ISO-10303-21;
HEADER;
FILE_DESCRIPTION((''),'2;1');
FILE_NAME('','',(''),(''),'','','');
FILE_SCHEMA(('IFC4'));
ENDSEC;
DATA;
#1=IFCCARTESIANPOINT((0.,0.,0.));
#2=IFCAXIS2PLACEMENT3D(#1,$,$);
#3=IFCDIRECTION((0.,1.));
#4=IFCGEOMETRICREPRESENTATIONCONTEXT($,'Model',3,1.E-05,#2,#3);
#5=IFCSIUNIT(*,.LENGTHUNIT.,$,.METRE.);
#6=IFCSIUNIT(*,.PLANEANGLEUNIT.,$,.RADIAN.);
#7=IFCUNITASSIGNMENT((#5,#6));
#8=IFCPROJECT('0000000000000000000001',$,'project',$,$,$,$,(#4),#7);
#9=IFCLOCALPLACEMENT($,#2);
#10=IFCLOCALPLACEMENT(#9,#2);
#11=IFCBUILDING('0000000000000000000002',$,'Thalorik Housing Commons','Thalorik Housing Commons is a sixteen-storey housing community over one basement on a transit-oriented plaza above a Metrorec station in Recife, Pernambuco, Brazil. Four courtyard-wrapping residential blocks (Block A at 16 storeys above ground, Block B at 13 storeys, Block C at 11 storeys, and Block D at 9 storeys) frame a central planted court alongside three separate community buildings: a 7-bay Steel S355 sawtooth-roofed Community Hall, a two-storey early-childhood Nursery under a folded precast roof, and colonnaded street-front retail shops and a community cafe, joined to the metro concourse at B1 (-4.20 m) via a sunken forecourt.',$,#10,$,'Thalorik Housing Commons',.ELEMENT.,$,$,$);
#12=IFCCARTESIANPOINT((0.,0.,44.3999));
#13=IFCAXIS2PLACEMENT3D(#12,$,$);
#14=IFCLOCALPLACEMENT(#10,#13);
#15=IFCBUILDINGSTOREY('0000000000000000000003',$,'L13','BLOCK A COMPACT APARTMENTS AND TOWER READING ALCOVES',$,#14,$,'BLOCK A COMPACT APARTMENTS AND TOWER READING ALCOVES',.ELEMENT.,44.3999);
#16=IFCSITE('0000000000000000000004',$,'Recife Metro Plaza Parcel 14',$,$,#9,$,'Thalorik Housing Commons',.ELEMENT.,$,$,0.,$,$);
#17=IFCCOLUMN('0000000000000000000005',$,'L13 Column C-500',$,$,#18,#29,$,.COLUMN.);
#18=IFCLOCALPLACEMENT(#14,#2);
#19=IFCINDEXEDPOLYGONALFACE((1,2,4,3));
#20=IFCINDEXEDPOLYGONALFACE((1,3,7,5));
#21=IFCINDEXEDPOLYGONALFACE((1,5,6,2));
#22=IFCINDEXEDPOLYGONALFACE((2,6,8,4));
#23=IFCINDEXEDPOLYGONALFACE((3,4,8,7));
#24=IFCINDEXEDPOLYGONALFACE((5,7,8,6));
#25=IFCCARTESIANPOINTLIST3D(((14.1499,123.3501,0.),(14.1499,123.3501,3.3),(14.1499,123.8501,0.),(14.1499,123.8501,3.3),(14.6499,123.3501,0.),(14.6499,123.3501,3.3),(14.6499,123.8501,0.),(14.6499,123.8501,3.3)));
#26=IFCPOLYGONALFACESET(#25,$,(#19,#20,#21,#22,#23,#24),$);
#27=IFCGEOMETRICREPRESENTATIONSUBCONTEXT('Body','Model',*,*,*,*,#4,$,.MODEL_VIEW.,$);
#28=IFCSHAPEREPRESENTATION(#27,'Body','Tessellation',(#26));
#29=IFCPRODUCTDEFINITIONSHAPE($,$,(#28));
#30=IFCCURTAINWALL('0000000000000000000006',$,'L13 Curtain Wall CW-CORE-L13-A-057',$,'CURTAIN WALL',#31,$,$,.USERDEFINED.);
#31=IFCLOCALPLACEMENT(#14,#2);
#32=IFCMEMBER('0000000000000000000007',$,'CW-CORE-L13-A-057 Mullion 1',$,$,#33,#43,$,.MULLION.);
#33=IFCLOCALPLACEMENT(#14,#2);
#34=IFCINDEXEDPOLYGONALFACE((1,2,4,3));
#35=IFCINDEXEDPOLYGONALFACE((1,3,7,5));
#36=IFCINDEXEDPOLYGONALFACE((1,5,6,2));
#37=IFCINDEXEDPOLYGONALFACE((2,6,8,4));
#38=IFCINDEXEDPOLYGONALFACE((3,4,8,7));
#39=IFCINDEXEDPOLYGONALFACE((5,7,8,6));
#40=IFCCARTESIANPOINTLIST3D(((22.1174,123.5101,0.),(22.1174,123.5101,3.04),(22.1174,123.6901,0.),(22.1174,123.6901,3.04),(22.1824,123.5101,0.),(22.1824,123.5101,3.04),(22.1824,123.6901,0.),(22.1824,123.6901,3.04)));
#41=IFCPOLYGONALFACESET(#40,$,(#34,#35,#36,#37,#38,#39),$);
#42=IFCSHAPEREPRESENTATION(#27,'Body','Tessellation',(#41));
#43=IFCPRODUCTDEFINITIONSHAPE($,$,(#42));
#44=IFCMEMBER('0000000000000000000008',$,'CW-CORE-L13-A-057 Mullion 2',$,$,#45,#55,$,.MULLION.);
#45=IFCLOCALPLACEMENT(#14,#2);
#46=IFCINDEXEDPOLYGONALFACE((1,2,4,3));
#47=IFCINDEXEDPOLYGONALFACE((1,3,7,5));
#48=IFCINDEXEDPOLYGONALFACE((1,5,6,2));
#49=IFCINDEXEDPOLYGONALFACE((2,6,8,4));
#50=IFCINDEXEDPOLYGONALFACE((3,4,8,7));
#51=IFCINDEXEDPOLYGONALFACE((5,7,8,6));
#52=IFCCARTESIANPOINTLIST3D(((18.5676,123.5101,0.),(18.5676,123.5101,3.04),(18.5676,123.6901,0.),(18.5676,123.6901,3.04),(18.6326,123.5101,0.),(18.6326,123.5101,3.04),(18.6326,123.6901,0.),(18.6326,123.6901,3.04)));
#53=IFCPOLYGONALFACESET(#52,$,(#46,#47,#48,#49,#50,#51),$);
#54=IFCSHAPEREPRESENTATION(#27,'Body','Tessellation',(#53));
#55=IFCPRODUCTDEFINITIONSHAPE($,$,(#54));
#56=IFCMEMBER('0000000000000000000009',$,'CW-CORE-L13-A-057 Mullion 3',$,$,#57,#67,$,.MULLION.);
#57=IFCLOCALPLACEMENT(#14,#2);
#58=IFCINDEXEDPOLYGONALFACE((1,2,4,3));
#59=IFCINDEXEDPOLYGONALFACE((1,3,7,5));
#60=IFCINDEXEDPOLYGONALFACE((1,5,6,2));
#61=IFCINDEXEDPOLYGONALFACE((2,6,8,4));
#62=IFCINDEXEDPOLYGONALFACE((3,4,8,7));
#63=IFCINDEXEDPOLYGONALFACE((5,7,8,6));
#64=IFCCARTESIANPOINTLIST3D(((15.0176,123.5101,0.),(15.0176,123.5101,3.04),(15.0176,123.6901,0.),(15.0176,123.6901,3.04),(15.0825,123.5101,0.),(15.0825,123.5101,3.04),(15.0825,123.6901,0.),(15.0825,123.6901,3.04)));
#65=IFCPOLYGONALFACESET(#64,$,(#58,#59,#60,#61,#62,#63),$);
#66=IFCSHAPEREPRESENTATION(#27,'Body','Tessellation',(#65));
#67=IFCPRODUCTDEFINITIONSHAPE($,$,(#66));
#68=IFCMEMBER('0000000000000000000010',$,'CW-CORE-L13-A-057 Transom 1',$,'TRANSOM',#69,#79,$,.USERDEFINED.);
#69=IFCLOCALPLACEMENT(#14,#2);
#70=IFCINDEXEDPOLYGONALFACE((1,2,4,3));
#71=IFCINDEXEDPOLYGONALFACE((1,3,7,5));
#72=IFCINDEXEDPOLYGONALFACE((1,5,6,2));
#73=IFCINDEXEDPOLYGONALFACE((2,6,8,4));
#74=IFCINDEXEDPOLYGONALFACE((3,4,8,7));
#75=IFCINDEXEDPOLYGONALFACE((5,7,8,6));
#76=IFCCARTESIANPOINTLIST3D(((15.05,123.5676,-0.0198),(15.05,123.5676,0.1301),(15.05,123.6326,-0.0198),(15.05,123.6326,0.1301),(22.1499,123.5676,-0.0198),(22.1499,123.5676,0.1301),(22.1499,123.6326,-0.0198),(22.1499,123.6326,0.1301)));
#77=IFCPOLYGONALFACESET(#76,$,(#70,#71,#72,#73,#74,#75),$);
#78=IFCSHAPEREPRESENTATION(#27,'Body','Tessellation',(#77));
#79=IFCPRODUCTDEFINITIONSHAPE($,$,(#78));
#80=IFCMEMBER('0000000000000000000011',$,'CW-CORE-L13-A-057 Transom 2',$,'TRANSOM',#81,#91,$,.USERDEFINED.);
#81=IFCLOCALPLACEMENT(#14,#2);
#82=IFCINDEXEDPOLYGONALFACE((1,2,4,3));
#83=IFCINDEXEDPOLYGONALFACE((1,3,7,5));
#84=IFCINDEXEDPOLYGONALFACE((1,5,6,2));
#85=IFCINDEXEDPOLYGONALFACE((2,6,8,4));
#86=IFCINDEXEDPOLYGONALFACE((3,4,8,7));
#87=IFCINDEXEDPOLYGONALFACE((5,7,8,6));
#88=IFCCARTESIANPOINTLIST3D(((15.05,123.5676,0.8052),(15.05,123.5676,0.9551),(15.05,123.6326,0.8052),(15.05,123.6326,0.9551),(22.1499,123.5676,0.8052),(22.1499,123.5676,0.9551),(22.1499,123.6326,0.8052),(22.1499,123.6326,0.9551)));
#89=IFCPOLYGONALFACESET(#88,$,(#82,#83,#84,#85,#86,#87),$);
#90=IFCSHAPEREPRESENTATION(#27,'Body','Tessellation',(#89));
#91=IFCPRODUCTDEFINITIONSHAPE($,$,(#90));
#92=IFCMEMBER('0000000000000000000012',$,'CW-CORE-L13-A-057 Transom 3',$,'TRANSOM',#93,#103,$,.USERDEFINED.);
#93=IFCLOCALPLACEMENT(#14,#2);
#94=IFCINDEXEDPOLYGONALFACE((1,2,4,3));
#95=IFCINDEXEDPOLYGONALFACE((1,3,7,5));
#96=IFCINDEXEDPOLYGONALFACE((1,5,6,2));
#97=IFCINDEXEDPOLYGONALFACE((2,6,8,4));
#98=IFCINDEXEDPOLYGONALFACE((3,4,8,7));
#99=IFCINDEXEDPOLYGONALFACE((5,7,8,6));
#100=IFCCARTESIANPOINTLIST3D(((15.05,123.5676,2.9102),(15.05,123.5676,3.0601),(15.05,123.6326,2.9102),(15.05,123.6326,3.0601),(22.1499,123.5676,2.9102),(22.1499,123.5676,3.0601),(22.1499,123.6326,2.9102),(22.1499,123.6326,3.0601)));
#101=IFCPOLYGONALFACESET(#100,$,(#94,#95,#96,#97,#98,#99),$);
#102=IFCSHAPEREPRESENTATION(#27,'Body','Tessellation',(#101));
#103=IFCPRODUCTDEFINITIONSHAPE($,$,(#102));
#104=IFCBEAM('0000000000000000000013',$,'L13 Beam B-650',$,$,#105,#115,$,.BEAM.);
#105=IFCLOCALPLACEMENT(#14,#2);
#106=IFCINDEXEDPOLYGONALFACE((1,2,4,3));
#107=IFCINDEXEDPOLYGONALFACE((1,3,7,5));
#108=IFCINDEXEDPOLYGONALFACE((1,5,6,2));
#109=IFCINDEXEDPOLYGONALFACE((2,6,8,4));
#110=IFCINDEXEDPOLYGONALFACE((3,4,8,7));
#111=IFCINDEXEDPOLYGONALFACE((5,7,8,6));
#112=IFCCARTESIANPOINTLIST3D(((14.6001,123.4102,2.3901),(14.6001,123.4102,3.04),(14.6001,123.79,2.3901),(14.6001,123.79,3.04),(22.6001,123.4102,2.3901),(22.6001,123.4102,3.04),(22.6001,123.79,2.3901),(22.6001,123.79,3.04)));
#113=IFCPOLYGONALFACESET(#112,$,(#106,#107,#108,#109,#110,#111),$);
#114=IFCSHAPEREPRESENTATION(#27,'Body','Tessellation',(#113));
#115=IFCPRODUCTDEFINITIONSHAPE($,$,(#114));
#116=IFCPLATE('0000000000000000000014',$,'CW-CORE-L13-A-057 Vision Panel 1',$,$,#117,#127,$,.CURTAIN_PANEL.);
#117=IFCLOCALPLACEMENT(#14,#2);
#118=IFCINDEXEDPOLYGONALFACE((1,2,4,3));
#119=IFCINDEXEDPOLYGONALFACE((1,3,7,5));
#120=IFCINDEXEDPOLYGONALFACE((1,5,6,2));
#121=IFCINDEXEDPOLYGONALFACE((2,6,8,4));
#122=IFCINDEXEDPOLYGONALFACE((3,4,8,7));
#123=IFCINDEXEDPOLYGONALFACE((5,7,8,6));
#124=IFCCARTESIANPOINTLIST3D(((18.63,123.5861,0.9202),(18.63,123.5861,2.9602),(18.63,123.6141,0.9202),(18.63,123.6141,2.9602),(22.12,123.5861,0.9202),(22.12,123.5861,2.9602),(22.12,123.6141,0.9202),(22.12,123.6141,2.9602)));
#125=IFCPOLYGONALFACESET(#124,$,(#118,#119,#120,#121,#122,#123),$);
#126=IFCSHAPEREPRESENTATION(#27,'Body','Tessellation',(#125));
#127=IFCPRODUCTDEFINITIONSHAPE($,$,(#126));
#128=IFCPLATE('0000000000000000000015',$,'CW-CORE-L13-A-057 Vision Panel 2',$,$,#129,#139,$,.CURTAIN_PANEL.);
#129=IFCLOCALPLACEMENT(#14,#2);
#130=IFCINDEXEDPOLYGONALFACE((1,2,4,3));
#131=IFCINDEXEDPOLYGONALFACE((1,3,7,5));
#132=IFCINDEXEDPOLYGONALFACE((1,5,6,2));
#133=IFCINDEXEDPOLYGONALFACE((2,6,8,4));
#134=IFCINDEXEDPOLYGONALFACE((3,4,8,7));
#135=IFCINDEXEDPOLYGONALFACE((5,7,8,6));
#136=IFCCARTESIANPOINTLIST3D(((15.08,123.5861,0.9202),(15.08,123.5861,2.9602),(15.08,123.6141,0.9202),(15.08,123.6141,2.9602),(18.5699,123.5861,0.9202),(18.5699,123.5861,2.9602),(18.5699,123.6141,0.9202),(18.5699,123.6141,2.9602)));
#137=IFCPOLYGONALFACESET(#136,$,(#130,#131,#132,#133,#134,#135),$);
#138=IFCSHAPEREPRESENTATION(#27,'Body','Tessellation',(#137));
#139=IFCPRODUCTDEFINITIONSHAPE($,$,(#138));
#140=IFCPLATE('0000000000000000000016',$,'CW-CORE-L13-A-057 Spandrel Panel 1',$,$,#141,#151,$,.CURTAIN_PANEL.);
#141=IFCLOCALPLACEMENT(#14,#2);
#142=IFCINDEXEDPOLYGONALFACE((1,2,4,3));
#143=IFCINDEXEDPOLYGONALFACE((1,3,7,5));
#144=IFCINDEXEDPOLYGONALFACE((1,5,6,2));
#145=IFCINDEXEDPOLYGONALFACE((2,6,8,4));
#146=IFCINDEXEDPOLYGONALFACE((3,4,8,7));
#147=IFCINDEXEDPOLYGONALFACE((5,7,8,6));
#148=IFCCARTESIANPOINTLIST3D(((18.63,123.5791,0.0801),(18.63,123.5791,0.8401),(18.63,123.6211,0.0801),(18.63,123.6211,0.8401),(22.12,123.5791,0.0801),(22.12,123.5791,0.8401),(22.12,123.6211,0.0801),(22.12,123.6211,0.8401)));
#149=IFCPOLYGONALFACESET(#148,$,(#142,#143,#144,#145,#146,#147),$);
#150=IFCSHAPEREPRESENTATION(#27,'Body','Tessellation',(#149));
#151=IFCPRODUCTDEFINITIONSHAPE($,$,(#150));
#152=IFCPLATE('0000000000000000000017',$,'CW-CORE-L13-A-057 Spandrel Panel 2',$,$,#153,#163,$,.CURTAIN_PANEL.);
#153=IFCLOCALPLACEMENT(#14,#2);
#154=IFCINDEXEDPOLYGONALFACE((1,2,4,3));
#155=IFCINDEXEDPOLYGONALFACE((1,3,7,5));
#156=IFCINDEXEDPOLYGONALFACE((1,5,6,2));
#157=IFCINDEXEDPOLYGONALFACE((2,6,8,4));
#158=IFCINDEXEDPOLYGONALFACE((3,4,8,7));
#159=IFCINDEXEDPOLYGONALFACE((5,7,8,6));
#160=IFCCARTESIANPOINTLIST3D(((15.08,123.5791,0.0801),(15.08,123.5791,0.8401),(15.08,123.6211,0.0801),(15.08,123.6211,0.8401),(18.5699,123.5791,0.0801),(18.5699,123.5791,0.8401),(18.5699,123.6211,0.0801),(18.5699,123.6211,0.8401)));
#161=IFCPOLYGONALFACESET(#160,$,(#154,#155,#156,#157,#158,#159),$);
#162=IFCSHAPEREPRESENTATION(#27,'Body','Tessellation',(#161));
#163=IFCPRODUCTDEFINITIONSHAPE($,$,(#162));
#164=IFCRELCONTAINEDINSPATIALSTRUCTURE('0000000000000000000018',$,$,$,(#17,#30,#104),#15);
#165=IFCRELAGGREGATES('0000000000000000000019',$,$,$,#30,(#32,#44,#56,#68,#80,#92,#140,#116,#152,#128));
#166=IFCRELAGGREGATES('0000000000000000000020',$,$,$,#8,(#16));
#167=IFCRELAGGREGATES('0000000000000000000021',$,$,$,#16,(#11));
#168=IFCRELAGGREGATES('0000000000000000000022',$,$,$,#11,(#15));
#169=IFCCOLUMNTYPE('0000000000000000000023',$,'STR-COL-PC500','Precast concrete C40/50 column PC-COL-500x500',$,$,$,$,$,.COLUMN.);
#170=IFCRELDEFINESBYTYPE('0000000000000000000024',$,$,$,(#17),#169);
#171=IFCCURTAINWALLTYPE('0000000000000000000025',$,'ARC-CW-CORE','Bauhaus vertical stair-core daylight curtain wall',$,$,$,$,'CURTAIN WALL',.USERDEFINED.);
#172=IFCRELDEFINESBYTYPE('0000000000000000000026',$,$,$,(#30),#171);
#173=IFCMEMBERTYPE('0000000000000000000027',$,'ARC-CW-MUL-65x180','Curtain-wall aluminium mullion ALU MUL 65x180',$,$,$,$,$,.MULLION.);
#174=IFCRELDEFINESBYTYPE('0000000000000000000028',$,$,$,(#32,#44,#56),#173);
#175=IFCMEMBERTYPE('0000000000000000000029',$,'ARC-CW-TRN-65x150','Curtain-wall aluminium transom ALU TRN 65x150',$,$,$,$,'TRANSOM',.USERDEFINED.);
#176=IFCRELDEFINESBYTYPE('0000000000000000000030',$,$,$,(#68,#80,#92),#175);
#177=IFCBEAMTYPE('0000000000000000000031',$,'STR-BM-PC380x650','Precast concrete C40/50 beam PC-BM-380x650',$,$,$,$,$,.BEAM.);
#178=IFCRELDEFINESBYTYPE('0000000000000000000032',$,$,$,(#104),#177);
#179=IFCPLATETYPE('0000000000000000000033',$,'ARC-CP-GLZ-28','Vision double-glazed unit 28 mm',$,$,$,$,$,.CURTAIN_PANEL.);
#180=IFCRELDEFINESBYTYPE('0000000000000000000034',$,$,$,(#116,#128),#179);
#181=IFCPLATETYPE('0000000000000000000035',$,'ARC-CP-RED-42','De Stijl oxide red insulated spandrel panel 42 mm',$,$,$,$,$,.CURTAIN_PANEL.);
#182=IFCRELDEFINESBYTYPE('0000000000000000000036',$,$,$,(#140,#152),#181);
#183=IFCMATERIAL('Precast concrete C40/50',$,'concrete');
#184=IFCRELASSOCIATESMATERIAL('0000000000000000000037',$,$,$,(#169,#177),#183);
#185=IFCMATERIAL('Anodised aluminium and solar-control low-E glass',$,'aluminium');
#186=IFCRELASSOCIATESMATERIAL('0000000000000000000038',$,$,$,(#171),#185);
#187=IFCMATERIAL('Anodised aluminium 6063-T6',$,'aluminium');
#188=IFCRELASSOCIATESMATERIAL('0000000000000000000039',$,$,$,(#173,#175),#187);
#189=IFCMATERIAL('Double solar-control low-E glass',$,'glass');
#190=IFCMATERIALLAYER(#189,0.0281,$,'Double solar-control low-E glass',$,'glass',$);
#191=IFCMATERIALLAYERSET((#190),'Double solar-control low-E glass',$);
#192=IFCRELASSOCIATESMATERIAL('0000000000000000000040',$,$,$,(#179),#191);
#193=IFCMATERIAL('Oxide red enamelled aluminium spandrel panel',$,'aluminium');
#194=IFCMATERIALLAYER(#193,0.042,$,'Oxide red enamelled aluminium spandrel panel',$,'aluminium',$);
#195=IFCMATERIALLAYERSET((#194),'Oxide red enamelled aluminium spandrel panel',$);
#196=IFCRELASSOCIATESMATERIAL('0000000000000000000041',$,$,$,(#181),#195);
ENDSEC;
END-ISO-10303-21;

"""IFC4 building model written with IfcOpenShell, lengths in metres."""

from ifc_helpers import new_model, si_unit, direction, frame, origin, origin_2d, place, context, subcontext, project, spatial, rectangle, extrude, material, layer, layer_set, material_profile, profile_set, type_object, element, aggregate, save


model = new_model("IFC4")

# Units and contexts
model_context = context("Model", 3, precision=1e-05, world=origin(), true_north=direction((0.0, 1.0)))
body_context = subcontext(model_context, "Body", "Model", "MODEL_VIEW")
ifc_project = project(units=[si_unit("LENGTHUNIT", "METRE"), si_unit("PLANEANGLEUNIT", "RADIAN")], contexts=[model_context])

# Site, building, storey
site_placement = place(None, origin())
site = spatial("IfcSite", under=ifc_project, at=site_placement, Name="Recife Metro Plaza Parcel 14", LongName="Thalorik Housing Commons", CompositionType="ELEMENT", RefElevation=0.0)
building_placement = place(site_placement, origin())
building = spatial("IfcBuilding", under=site, at=building_placement, Name="Thalorik Housing Commons", Description="Thalorik Housing Commons is a sixteen-storey housing community over one basement on a transit-oriented plaza above a Metrorec station in Recife, Pernambuco, Brazil. Four courtyard-wrapping residential blocks (Block A at 16 storeys above ground, Block B at 13 storeys, Block C at 11 storeys, and Block D at 9 storeys) frame a central planted court alongside three separate community buildings: a 7-bay Steel S355 sawtooth-roofed Community Hall, a two-storey early-childhood Nursery under a folded precast roof, and colonnaded street-front retail shops and a community cafe, joined to the metro concourse at B1 (-4.20 m) via a sunken forecourt.", LongName="Thalorik Housing Commons", CompositionType="ELEMENT")
storey_placement = place(building_placement, frame((0.0, 0.0, 44.3999)))
storey = spatial("IfcBuildingStorey", under=building, at=storey_placement, Name="L13", Description="BLOCK A COMPACT APARTMENTS AND TOWER READING ALCOVES", LongName="BLOCK A COMPACT APARTMENTS AND TOWER READING ALCOVES", CompositionType="ELEMENT", Elevation=44.3999)

# Column
ifc_material_1 = material(Name="Precast concrete C40/50", Category="concrete")
ifc_material_profile_1 = material_profile(ifc_material_1, rectangle(XDim=0.5, YDim=0.5, at=origin_2d()), Name="PC 500x500", Category="concrete")
ifc_profile_set_1 = profile_set([ifc_material_profile_1], Name="Precast concrete C40/50")
column_type = type_object("IfcColumnType", Name="STR-COL-PC500", Description="Precast concrete C40/50 column PC-COL-500x500", PredefinedType="COLUMN", material=ifc_profile_set_1)
column_placement = place(storey_placement, frame((14.3999, 123.6001, 0.0), z_axis=(0.0, 0.0, 1.0), x_axis=(1.0, 0.0, 0.0)))
element("IfcColumn", 1, at=column_placement, inside=storey, type_object=column_type, Name="L13 Column C-500", PredefinedType="COLUMN", context=body_context, shape_type="SweptSolid", body=[
    extrude(rectangle(XDim=0.5, YDim=0.5, at=origin_2d()), origin(), (0.0, 0.0, 1.0), 3.3),
])

# Curtain wall, members
ifc_material_2 = material(Name="Anodised aluminium and solar-control low-E glass", Category="aluminium")
curtain_wall_type = type_object("IfcCurtainWallType", Name="ARC-CW-CORE", Description="Bauhaus vertical stair-core daylight curtain wall", ElementType="CURTAIN WALL", PredefinedType="USERDEFINED", material=ifc_material_2)
curtain_wall_placement = place(storey_placement, origin())
curtain_wall = element("IfcCurtainWall", 2, at=curtain_wall_placement, inside=storey, type_object=curtain_wall_type, Name="L13 Curtain Wall CW-CORE-L13-A-057", ObjectType="CURTAIN WALL", PredefinedType="USERDEFINED")
ifc_material_3 = material(Name="Anodised aluminium 6063-T6", Category="aluminium")
ifc_material_profile_2 = material_profile(ifc_material_3, rectangle(XDim=0.0649, YDim=0.1799, at=origin_2d()), Name="ALU MUL 65x180", Category="aluminium")
ifc_profile_set_2 = profile_set([ifc_material_profile_2], Name="Anodised aluminium 6063-T6")
member_type_1 = type_object("IfcMemberType", Name="ARC-CW-MUL-65x180", Description="Curtain-wall aluminium mullion ALU MUL 65x180", PredefinedType="MULLION", material=ifc_profile_set_2)
member_1_placement = place(storey_placement, frame((22.1499, 123.6001, 0.0), z_axis=(0.0, 0.0, 1.0), x_axis=(-1.0, 0.0, 0.0)))
member_1 = element("IfcMember", 3, at=member_1_placement, type_object=member_type_1, Name="CW-CORE-L13-A-057 Mullion 1", PredefinedType="MULLION", context=body_context, shape_type="SweptSolid", body=[
    extrude(rectangle(XDim=0.0649, YDim=0.1799, at=origin_2d()), origin(), (0.0, 0.0, 1.0), 3.04),
])
member_2_placement = place(storey_placement, frame((18.6001, 123.6001, 0.0), z_axis=(0.0, 0.0, 1.0), x_axis=(-1.0, 0.0, 0.0)))
member_2 = element("IfcMember", 4, at=member_2_placement, type_object=member_type_1, Name="CW-CORE-L13-A-057 Mullion 2", PredefinedType="MULLION", context=body_context, shape_type="SweptSolid", body=[
    extrude(rectangle(XDim=0.0649, YDim=0.1799, at=origin_2d()), origin(), (0.0, 0.0, 1.0), 3.04),
])
member_3_placement = place(storey_placement, frame((15.05, 123.6001, 0.0), z_axis=(0.0, 0.0, 1.0), x_axis=(-1.0, 0.0, 0.0)))
member_3 = element("IfcMember", 5, at=member_3_placement, type_object=member_type_1, Name="CW-CORE-L13-A-057 Mullion 3", PredefinedType="MULLION", context=body_context, shape_type="SweptSolid", body=[
    extrude(rectangle(XDim=0.0649, YDim=0.1799, at=origin_2d()), origin(), (0.0, 0.0, 1.0), 3.04),
])
ifc_material_profile_3 = material_profile(ifc_material_3, rectangle(XDim=0.0649, YDim=0.1499, at=origin_2d()), Name="ALU TRN 65x150", Category="aluminium")
ifc_profile_set_3 = profile_set([ifc_material_profile_3], Name="Anodised aluminium 6063-T6")
member_type_2 = type_object("IfcMemberType", Name="ARC-CW-TRN-65x150", Description="Curtain-wall aluminium transom ALU TRN 65x150", ElementType="TRANSOM", PredefinedType="USERDEFINED", material=ifc_profile_set_3)
member_4_placement = place(storey_placement, frame((22.1499, 123.6001, 0.0552), z_axis=(-1.0, 0.0, 0.0), x_axis=(0.0, -1.0, 0.0)))
member_4 = element("IfcMember", 6, at=member_4_placement, type_object=member_type_2, Name="CW-CORE-L13-A-057 Transom 1", ObjectType="TRANSOM", PredefinedType="USERDEFINED", context=body_context, shape_type="SweptSolid", body=[
    extrude(rectangle(XDim=0.0649, YDim=0.1499, at=origin_2d()), origin(), (0.0, 0.0, 1.0), 7.0999),
])
member_5_placement = place(storey_placement, frame((22.1499, 123.6001, 0.8801), z_axis=(-1.0, 0.0, 0.0), x_axis=(0.0, -1.0, 0.0)))
member_5 = element("IfcMember", 7, at=member_5_placement, type_object=member_type_2, Name="CW-CORE-L13-A-057 Transom 2", ObjectType="TRANSOM", PredefinedType="USERDEFINED", context=body_context, shape_type="SweptSolid", body=[
    extrude(rectangle(XDim=0.0649, YDim=0.1499, at=origin_2d()), origin(), (0.0, 0.0, 1.0), 7.0999),
])
member_6_placement = place(storey_placement, frame((22.1499, 123.6001, 2.9851), z_axis=(-1.0, 0.0, 0.0), x_axis=(0.0, -1.0, 0.0)))
member_6 = element("IfcMember", 8, at=member_6_placement, type_object=member_type_2, Name="CW-CORE-L13-A-057 Transom 3", ObjectType="TRANSOM", PredefinedType="USERDEFINED", context=body_context, shape_type="SweptSolid", body=[
    extrude(rectangle(XDim=0.0649, YDim=0.1499, at=origin_2d()), origin(), (0.0, 0.0, 1.0), 7.0999),
])

# Beam
ifc_material_profile_4 = material_profile(ifc_material_1, rectangle(XDim=0.3799, YDim=0.6499, at=origin_2d()), Name="PC 380x650", Category="concrete")
ifc_profile_set_4 = profile_set([ifc_material_profile_4], Name="Precast concrete C40/50")
beam_type = type_object("IfcBeamType", Name="STR-BM-PC380x650", Description="Precast concrete C40/50 beam PC-BM-380x650", PredefinedType="BEAM", material=ifc_profile_set_4)
beam_placement = place(storey_placement, frame((14.6001, 123.6001, 2.7151), z_axis=(1.0, 0.0, 0.0), x_axis=(0.0, 1.0, 0.0)))
element("IfcBeam", 9, at=beam_placement, inside=storey, type_object=beam_type, Name="L13 Beam B-650", PredefinedType="BEAM", context=body_context, shape_type="SweptSolid", body=[
    extrude(rectangle(XDim=0.3799, YDim=0.6499, at=origin_2d()), origin(), (0.0, 0.0, 1.0), 8.0),
])

# Plates
ifc_material_4 = material(Name="Double solar-control low-E glass", Category="glass")
ifc_layer_1 = layer(ifc_material_4, 0.0281, Name="Double solar-control low-E glass", Category="glass")
ifc_layer_set_1 = layer_set([ifc_layer_1], Name="Double solar-control low-E glass")
plate_type_1 = type_object("IfcPlateType", Name="ARC-CP-GLZ-28", Description="Vision double-glazed unit 28 mm", PredefinedType="CURTAIN_PANEL", material=ifc_layer_set_1)
plate_1_placement = place(storey_placement, frame((20.375, 123.6001, 0.9202), z_axis=(0.0, 0.0, 1.0), x_axis=(-1.0, 0.0, 0.0)))
plate_1 = element("IfcPlate", 10, at=plate_1_placement, type_object=plate_type_1, Name="CW-CORE-L13-A-057 Vision Panel 1", PredefinedType="CURTAIN_PANEL", context=body_context, shape_type="SweptSolid", body=[
    extrude(rectangle(XDim=3.49, YDim=0.0281, at=origin_2d()), origin(), (0.0, 0.0, 1.0), 2.04),
])
plate_2_placement = place(storey_placement, frame((16.825, 123.6001, 0.9202), z_axis=(0.0, 0.0, 1.0), x_axis=(-1.0, 0.0, 0.0)))
plate_2 = element("IfcPlate", 11, at=plate_2_placement, type_object=plate_type_1, Name="CW-CORE-L13-A-057 Vision Panel 2", PredefinedType="CURTAIN_PANEL", context=body_context, shape_type="SweptSolid", body=[
    extrude(rectangle(XDim=3.49, YDim=0.0281, at=origin_2d()), origin(), (0.0, 0.0, 1.0), 2.04),
])
ifc_material_5 = material(Name="Oxide red enamelled aluminium spandrel panel", Category="aluminium")
ifc_layer_2 = layer(ifc_material_5, 0.042, Name="Oxide red enamelled aluminium spandrel panel", Category="aluminium")
ifc_layer_set_2 = layer_set([ifc_layer_2], Name="Oxide red enamelled aluminium spandrel panel")
plate_type_2 = type_object("IfcPlateType", Name="ARC-CP-RED-42", Description="De Stijl oxide red insulated spandrel panel 42 mm", PredefinedType="CURTAIN_PANEL", material=ifc_layer_set_2)
plate_3_placement = place(storey_placement, frame((20.375, 123.6001, 0.0801), z_axis=(0.0, 0.0, 1.0), x_axis=(-1.0, 0.0, 0.0)))
plate_3 = element("IfcPlate", 12, at=plate_3_placement, type_object=plate_type_2, Name="CW-CORE-L13-A-057 Spandrel Panel 1", PredefinedType="CURTAIN_PANEL", context=body_context, shape_type="SweptSolid", body=[
    extrude(rectangle(XDim=3.49, YDim=0.042, at=origin_2d()), origin(), (0.0, 0.0, 1.0), 0.76),
])
plate_4_placement = place(storey_placement, frame((16.825, 123.6001, 0.0801), z_axis=(0.0, 0.0, 1.0), x_axis=(-1.0, 0.0, 0.0)))
plate_4 = element("IfcPlate", 13, at=plate_4_placement, type_object=plate_type_2, Name="CW-CORE-L13-A-057 Spandrel Panel 2", PredefinedType="CURTAIN_PANEL", context=body_context, shape_type="SweptSolid", body=[
    extrude(rectangle(XDim=3.49, YDim=0.042, at=origin_2d()), origin(), (0.0, 0.0, 1.0), 0.76),
])
aggregate(curtain_wall, [member_1, member_2, member_3, member_4, member_5, member_6, plate_3, plate_1, plate_4, plate_2])

save(model, "model.ifc")
